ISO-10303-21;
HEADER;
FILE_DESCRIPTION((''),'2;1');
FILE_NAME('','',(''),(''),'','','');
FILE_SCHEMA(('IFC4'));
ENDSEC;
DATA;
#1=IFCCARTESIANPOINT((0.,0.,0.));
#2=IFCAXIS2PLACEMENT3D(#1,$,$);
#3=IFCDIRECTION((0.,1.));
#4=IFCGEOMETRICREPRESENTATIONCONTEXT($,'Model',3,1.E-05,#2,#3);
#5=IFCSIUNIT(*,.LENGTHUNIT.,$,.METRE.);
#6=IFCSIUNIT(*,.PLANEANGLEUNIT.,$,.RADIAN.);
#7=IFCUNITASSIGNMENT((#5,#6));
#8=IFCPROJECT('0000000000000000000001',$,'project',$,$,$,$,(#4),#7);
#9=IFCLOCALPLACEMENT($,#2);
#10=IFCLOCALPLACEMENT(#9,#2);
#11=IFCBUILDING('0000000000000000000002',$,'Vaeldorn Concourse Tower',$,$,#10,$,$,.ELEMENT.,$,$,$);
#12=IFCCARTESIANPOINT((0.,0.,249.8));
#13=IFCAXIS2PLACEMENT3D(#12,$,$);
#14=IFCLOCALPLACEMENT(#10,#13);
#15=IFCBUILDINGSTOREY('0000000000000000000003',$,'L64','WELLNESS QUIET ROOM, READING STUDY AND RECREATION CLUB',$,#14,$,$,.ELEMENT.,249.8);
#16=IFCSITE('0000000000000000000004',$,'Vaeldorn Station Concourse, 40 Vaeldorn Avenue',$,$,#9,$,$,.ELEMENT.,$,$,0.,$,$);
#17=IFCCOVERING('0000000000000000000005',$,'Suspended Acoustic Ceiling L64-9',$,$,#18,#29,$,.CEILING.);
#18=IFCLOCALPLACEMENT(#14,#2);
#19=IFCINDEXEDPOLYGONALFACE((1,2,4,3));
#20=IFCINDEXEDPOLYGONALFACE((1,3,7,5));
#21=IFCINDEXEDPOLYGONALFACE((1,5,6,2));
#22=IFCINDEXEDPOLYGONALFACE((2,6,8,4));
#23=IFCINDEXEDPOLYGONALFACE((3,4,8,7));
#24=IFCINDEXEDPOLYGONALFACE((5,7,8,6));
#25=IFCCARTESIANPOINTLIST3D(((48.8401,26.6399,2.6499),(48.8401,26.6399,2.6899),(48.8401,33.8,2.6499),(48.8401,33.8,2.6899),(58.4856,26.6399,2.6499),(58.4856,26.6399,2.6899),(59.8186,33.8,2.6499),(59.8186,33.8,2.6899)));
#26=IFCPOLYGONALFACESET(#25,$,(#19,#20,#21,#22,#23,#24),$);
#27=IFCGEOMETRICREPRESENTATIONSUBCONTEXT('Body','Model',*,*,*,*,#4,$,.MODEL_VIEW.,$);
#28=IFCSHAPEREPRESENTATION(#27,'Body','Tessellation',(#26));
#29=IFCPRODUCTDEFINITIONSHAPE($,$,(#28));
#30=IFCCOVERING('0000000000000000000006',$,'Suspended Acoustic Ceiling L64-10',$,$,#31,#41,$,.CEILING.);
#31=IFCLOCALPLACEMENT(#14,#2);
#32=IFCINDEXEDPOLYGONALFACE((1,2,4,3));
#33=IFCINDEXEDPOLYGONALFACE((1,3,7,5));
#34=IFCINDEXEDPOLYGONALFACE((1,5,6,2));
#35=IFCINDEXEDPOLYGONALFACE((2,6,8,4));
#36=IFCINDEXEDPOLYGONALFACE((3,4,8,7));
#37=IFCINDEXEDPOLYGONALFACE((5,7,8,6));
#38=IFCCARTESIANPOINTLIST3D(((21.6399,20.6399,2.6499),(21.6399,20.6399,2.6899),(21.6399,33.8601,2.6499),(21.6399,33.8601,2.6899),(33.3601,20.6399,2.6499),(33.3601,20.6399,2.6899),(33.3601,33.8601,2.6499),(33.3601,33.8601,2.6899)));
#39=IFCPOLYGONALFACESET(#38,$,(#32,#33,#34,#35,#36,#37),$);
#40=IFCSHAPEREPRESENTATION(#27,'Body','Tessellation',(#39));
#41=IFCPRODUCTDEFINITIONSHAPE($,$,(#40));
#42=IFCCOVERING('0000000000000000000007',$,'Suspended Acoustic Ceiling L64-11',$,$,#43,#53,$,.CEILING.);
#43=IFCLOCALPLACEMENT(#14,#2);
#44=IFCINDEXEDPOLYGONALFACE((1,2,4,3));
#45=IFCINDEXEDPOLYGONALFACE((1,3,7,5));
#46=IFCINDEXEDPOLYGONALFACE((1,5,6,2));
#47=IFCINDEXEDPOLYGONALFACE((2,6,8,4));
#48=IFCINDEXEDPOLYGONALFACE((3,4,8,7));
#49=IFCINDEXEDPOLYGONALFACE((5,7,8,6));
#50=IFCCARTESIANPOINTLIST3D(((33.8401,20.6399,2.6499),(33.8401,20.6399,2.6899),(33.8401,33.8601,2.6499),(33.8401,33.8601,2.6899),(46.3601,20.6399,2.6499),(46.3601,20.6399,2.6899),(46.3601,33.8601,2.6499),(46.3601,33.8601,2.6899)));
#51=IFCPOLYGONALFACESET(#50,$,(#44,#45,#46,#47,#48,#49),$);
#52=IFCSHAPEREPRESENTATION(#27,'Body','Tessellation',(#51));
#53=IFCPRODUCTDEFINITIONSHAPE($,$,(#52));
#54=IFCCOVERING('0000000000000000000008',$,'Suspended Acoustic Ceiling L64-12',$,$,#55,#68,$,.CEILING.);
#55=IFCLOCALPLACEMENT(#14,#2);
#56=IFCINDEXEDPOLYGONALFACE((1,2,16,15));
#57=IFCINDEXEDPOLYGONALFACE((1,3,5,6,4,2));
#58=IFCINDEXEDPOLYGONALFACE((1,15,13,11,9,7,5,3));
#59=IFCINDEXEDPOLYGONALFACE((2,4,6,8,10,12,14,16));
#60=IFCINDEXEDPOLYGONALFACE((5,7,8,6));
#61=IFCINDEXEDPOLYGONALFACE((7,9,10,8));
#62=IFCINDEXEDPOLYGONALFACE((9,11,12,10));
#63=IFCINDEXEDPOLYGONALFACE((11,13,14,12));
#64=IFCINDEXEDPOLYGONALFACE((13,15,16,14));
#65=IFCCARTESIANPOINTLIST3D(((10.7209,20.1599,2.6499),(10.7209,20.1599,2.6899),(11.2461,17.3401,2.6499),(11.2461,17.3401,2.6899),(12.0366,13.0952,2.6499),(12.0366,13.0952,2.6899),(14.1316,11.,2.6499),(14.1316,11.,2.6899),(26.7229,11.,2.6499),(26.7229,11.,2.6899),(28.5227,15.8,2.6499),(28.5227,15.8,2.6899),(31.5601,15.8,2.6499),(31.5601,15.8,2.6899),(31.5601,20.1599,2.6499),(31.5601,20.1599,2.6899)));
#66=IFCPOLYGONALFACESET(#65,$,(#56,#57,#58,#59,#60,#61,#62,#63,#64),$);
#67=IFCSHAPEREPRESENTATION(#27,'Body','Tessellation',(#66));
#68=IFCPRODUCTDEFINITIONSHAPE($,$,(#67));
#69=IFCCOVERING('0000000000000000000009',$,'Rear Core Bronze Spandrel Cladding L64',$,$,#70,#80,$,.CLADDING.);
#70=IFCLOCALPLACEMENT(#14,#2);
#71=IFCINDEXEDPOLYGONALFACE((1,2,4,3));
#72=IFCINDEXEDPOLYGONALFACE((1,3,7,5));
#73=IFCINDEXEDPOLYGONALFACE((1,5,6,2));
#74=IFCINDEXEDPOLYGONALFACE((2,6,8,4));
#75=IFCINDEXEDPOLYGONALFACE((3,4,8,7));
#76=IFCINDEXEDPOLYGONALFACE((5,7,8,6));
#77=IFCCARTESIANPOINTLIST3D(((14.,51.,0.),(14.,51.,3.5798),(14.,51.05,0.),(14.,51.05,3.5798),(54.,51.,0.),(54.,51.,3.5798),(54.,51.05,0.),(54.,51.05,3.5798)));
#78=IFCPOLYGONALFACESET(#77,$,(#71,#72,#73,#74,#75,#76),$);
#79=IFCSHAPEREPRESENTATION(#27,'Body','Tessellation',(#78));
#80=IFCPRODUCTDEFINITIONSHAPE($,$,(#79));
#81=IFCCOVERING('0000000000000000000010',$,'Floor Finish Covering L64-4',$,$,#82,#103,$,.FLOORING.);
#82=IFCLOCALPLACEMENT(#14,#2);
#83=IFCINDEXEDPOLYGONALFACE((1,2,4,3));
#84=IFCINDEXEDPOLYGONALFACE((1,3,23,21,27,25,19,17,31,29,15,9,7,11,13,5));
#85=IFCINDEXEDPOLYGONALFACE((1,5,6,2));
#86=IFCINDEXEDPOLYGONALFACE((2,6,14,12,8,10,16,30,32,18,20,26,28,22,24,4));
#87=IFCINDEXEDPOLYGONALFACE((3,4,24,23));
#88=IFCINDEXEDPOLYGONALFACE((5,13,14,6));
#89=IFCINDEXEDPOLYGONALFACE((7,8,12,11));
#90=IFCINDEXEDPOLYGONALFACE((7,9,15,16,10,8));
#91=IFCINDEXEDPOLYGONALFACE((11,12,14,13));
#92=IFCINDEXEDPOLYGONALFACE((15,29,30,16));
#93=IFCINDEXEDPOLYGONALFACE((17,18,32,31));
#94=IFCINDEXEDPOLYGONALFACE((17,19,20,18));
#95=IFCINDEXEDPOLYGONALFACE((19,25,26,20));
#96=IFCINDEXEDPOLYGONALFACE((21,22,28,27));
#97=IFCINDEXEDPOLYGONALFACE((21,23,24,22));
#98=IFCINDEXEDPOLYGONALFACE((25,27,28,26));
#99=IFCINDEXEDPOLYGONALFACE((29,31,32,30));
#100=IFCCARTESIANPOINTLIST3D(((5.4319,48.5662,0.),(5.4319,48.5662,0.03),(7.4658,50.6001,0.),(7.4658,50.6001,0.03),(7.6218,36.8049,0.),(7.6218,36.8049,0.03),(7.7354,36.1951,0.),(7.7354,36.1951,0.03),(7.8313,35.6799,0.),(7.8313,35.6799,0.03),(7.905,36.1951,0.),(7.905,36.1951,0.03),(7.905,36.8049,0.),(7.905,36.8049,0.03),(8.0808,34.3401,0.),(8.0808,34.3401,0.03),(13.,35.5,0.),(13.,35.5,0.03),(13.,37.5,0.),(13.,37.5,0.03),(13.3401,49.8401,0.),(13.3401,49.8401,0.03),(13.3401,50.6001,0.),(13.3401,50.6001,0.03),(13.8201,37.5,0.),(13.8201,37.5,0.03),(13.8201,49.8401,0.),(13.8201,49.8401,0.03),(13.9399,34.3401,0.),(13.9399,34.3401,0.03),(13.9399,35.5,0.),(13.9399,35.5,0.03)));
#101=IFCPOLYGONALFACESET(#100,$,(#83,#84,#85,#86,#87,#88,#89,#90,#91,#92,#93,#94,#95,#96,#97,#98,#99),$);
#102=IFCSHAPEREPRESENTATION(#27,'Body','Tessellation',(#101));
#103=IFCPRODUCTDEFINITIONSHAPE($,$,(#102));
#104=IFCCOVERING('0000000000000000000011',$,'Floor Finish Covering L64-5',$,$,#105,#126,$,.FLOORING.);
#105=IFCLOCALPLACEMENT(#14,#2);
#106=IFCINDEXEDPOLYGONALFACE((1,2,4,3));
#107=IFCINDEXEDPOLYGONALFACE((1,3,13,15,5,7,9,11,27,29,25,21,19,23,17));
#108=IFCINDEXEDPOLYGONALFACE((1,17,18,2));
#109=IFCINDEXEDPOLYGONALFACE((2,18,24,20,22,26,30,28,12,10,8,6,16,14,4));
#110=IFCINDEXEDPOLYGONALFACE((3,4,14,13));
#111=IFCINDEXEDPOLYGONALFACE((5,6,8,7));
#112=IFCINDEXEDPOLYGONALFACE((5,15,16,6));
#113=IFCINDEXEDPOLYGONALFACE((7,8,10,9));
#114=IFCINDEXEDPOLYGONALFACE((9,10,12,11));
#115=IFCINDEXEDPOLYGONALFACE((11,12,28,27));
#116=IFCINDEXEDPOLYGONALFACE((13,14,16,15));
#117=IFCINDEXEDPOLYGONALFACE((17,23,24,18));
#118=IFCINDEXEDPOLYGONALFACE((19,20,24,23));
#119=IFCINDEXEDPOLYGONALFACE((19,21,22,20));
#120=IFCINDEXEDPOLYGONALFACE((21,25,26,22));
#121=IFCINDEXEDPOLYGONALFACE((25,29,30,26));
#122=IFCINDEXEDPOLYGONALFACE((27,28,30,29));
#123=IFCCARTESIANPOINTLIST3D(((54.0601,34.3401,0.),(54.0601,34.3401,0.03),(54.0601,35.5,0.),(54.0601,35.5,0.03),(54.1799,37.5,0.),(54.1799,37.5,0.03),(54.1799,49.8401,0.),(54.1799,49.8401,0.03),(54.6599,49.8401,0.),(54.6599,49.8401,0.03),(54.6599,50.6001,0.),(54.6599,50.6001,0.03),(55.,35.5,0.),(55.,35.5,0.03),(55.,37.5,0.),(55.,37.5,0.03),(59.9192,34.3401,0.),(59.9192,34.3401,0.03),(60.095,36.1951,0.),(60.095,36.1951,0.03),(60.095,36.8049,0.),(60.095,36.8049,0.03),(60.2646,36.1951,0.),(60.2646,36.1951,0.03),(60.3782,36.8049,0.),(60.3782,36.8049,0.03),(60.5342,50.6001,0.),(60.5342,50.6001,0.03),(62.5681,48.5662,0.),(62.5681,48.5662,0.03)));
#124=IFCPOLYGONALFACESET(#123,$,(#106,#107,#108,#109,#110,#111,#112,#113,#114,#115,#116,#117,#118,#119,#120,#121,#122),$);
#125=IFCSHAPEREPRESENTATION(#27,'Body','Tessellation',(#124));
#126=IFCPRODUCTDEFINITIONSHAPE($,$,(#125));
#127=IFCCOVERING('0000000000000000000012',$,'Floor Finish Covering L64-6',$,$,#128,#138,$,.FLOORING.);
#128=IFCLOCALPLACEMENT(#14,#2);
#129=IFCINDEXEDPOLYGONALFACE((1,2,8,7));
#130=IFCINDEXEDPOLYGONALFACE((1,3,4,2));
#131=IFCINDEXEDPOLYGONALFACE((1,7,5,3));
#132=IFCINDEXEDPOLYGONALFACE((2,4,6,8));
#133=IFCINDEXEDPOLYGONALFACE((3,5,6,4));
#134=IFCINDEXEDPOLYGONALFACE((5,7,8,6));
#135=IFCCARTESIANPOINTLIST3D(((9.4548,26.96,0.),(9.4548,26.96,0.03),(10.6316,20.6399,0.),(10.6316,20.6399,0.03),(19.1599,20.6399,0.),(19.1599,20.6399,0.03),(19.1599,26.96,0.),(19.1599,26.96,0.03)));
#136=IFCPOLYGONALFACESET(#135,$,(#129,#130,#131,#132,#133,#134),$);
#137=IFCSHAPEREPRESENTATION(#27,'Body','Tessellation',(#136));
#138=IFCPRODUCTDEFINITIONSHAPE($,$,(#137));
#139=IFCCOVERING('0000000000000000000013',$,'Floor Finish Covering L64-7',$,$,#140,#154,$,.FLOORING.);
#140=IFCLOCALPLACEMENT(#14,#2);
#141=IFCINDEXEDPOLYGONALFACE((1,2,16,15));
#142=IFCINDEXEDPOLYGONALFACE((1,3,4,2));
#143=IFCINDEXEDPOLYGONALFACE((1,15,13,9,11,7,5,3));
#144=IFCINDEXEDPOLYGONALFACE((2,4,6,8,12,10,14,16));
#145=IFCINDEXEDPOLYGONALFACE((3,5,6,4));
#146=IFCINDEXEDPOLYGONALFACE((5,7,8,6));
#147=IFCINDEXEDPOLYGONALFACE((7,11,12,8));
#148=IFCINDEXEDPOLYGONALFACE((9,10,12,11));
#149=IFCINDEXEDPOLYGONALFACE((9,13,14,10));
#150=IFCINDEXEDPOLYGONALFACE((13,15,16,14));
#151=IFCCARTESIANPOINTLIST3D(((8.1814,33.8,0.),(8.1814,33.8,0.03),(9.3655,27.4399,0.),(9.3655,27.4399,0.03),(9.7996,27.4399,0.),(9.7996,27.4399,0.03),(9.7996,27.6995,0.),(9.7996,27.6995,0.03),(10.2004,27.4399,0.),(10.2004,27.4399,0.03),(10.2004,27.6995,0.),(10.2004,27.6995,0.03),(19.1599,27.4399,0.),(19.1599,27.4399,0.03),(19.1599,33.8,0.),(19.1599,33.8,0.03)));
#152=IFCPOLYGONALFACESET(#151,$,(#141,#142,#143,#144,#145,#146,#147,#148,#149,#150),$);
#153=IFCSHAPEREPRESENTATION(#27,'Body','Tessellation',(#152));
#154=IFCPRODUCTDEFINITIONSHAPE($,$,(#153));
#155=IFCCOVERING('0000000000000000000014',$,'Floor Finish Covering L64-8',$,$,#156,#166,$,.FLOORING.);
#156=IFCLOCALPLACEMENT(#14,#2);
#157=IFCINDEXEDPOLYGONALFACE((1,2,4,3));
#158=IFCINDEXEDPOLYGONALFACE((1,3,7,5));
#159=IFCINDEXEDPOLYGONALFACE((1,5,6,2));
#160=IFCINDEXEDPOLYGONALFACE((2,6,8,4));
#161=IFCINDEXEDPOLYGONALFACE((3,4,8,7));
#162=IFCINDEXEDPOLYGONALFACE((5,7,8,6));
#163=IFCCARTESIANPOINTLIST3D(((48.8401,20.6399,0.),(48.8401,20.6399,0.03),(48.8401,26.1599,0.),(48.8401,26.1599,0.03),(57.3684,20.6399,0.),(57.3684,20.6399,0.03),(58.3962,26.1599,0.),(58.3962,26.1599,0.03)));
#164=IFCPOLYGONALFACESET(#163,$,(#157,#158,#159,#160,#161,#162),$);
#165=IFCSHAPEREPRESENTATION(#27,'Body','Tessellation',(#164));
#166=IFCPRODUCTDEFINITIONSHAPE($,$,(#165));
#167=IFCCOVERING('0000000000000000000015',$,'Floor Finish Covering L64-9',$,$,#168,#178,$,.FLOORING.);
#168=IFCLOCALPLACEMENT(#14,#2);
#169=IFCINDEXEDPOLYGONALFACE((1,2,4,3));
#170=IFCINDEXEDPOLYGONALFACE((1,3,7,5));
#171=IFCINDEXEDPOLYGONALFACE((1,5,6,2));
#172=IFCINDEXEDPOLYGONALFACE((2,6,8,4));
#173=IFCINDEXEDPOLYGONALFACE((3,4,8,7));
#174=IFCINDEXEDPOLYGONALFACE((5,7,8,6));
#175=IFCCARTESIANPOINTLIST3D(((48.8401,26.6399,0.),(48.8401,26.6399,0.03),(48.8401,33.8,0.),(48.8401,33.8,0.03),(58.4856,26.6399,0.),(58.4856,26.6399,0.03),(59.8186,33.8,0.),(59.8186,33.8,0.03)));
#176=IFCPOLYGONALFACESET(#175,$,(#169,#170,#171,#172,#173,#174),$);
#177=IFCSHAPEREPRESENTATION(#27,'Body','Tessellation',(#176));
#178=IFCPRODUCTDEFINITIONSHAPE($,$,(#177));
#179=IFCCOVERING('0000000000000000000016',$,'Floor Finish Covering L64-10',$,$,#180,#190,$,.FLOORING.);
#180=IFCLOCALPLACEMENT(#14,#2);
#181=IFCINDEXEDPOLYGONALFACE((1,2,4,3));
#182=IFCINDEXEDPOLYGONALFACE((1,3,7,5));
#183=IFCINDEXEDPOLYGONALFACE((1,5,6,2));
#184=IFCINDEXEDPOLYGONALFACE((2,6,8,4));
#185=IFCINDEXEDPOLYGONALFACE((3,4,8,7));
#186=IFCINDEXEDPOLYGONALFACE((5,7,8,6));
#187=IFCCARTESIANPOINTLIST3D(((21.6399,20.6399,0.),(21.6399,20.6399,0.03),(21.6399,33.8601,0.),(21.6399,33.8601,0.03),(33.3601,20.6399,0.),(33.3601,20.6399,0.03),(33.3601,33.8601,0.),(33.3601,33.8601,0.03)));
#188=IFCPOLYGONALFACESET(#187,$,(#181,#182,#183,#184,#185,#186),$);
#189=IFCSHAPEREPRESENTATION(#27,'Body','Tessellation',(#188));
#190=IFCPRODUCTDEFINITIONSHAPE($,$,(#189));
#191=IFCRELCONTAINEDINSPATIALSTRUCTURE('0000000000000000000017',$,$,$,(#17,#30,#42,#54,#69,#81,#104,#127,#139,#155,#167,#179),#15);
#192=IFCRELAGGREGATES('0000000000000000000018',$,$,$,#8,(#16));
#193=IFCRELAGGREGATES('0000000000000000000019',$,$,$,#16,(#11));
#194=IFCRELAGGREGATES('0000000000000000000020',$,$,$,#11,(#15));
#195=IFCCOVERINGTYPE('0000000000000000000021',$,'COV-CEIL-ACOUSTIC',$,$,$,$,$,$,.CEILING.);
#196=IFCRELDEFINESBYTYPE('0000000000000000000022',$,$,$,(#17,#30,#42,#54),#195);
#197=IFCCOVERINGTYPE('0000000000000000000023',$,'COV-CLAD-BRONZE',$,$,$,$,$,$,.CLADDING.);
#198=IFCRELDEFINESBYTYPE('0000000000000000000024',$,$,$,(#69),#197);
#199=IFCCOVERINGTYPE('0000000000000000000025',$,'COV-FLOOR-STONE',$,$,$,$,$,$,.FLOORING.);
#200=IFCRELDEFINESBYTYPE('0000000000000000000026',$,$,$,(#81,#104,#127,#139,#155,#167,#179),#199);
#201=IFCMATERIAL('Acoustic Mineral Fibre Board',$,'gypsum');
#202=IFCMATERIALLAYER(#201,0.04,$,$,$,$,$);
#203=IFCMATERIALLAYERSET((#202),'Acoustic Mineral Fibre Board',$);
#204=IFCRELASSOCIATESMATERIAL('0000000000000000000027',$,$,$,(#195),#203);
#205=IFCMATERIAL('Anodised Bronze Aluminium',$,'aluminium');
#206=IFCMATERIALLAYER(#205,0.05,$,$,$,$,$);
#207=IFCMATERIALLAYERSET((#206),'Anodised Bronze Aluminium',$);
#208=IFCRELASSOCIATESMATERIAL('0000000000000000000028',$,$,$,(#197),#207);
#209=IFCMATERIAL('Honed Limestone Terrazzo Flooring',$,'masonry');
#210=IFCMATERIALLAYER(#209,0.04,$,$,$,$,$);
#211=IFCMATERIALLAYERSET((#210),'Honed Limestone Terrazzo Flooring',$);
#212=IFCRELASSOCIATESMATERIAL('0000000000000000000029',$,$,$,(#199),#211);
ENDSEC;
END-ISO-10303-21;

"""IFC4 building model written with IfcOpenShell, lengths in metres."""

from ifc_helpers import new_model, si_unit, direction, frame, origin, place, context, subcontext, project, spatial, polyline, outline, extrude, material, layer, layer_set, type_object, element, save


model = new_model("IFC4")

# Units and contexts
model_context = context("Model", 3, precision=1e-05, world=origin(), true_north=direction((0.0, 1.0)))
body_context = subcontext(model_context, "Body", "Model", "MODEL_VIEW")
ifc_project = project(units=[si_unit("LENGTHUNIT", "METRE"), si_unit("PLANEANGLEUNIT", "RADIAN")], contexts=[model_context])

# Site, building, storey
site_placement = place(None, origin())
site = spatial("IfcSite", under=ifc_project, at=site_placement, Name="Vaeldorn Station Concourse, 40 Vaeldorn Avenue", CompositionType="ELEMENT", RefElevation=0.0)
building_placement = place(site_placement, origin())
building = spatial("IfcBuilding", under=site, at=building_placement, Name="Vaeldorn Concourse Tower", CompositionType="ELEMENT")
storey_placement = place(building_placement, frame((0.0, 0.0, 249.8)))
storey = spatial("IfcBuildingStorey", under=building, at=storey_placement, Name="L64", Description="WELLNESS QUIET ROOM, READING STUDY AND RECREATION CLUB", CompositionType="ELEMENT", Elevation=249.8)

# Coverings
ifc_material_1 = material(Name="Acoustic Mineral Fibre Board", Category="gypsum")
ifc_layer_1 = layer(ifc_material_1, 0.04)
ifc_layer_set_1 = layer_set([ifc_layer_1], Name="Acoustic Mineral Fibre Board")
covering_type_1 = type_object("IfcCoveringType", Name="COV-CEIL-ACOUSTIC", PredefinedType="CEILING", material=ifc_layer_set_1)
covering_1_placement = place(storey_placement, frame((0.0, 0.0, 2.6499)))
element("IfcCovering", 1, at=covering_1_placement, inside=storey, type_object=covering_type_1, Name="Suspended Acoustic Ceiling L64-9", PredefinedType="CEILING", context=body_context, shape_type="SweptSolid", body=[
    extrude(outline(polyline([(48.8401, 26.6399), (48.8401, 33.8), (59.8186, 33.8), (58.4856, 26.6399), (48.8401, 26.6399)])), origin(), (0.0, 0.0, 1.0), 0.04),
])
covering_2_placement = place(storey_placement, frame((0.0, 0.0, 2.6499)))
element("IfcCovering", 2, at=covering_2_placement, inside=storey, type_object=covering_type_1, Name="Suspended Acoustic Ceiling L64-10", PredefinedType="CEILING", context=body_context, shape_type="SweptSolid", body=[
    extrude(outline(polyline([(21.6399, 33.8601), (33.3601, 33.8601), (33.3601, 20.6399), (21.6399, 20.6399), (21.6399, 33.8601)])), origin(), (0.0, 0.0, 1.0), 0.04),
])
covering_3_placement = place(storey_placement, frame((0.0, 0.0, 2.6499)))
element("IfcCovering", 3, at=covering_3_placement, inside=storey, type_object=covering_type_1, Name="Suspended Acoustic Ceiling L64-11", PredefinedType="CEILING", context=body_context, shape_type="SweptSolid", body=[
    extrude(outline(polyline([(33.8401, 33.8601), (46.3601, 33.8601), (46.3601, 20.6399), (33.8401, 20.6399), (33.8401, 33.8601)])), origin(), (0.0, 0.0, 1.0), 0.04),
])
covering_4_placement = place(storey_placement, frame((0.0, 0.0, 2.6499)))
element("IfcCovering", 4, at=covering_4_placement, inside=storey, type_object=covering_type_1, Name="Suspended Acoustic Ceiling L64-12", PredefinedType="CEILING", context=body_context, shape_type="SweptSolid", body=[
    extrude(outline(polyline([(31.5601, 20.1599), (31.5601, 15.8), (28.5227, 15.8), (26.7229, 11.0), (14.1316, 11.0), (12.0366, 13.0952), (11.2461, 17.3401), (11.2461, 17.3401), (10.7209, 20.1599), (31.5601, 20.1599)])), origin(), (0.0, 0.0, 1.0), 0.04),
])
ifc_material_2 = material(Name="Anodised Bronze Aluminium", Category="aluminium")
ifc_layer_2 = layer(ifc_material_2, 0.05)
ifc_layer_set_2 = layer_set([ifc_layer_2], Name="Anodised Bronze Aluminium")
covering_type_2 = type_object("IfcCoveringType", Name="COV-CLAD-BRONZE", PredefinedType="CLADDING", material=ifc_layer_set_2)
covering_5_placement = place(storey_placement, origin())
element("IfcCovering", 5, at=covering_5_placement, inside=storey, type_object=covering_type_2, Name="Rear Core Bronze Spandrel Cladding L64", PredefinedType="CLADDING", context=body_context, shape_type="SweptSolid", body=[
    extrude(outline(polyline([(14.0, 51.0), (54.0, 51.0), (54.0, 51.05), (14.0, 51.05), (14.0, 51.0)])), origin(), (0.0, 0.0, 1.0), 3.5798),
])
ifc_material_3 = material(Name="Honed Limestone Terrazzo Flooring", Category="masonry")
ifc_layer_3 = layer(ifc_material_3, 0.04)
ifc_layer_set_3 = layer_set([ifc_layer_3], Name="Honed Limestone Terrazzo Flooring")
covering_type_3 = type_object("IfcCoveringType", Name="COV-FLOOR-STONE", PredefinedType="FLOORING", material=ifc_layer_set_3)
covering_6_placement = place(storey_placement, origin())
element("IfcCovering", 6, at=covering_6_placement, inside=storey, type_object=covering_type_3, Name="Floor Finish Covering L64-4", PredefinedType="FLOORING", context=body_context, shape_type="SweptSolid", body=[
    extrude(outline(polyline([(7.4658, 50.6001), (13.3401, 50.6001), (13.3401, 49.8401), (13.8201, 49.8401), (13.8201, 37.5), (13.0, 37.5), (13.0, 35.5), (13.9399, 35.5), (13.9399, 34.3401), (8.0808, 34.3401), (7.8313, 35.6799), (7.8313, 35.6799), (7.7354, 36.1951), (7.905, 36.1951), (7.905, 36.8049), (7.6218, 36.8049), (5.4319, 48.5662), (7.4658, 50.6001)])), origin(), (0.0, 0.0, 1.0), 0.03),
])
covering_7_placement = place(storey_placement, origin())
element("IfcCovering", 7, at=covering_7_placement, inside=storey, type_object=covering_type_3, Name="Floor Finish Covering L64-5", PredefinedType="FLOORING", context=body_context, shape_type="SweptSolid", body=[
    extrude(outline(polyline([(54.1799, 49.8401), (54.6599, 49.8401), (54.6599, 50.6001), (60.5342, 50.6001), (62.5681, 48.5662), (60.3782, 36.8049), (60.095, 36.8049), (60.095, 36.1951), (60.2646, 36.1951), (59.9192, 34.3401), (54.0601, 34.3401), (54.0601, 35.5), (55.0, 35.5), (55.0, 37.5), (54.1799, 37.5), (54.1799, 49.8401)])), origin(), (0.0, 0.0, 1.0), 0.03),
])
covering_8_placement = place(storey_placement, origin())
element("IfcCovering", 8, at=covering_8_placement, inside=storey, type_object=covering_type_3, Name="Floor Finish Covering L64-6", PredefinedType="FLOORING", context=body_context, shape_type="SweptSolid", body=[
    extrude(outline(polyline([(19.1599, 26.96), (19.1599, 20.6399), (10.6316, 20.6399), (9.4548, 26.96), (19.1599, 26.96)])), origin(), (0.0, 0.0, 1.0), 0.03),
])
covering_9_placement = place(storey_placement, origin())
element("IfcCovering", 9, at=covering_9_placement, inside=storey, type_object=covering_type_3, Name="Floor Finish Covering L64-7", PredefinedType="FLOORING", context=body_context, shape_type="SweptSolid", body=[
    extrude(outline(polyline([(19.1599, 33.8), (19.1599, 27.4399), (10.2004, 27.4399), (10.2004, 27.6995), (9.7996, 27.6995), (9.7996, 27.4399), (9.3655, 27.4399), (8.1814, 33.8), (19.1599, 33.8)])), origin(), (0.0, 0.0, 1.0), 0.03),
])
covering_10_placement = place(storey_placement, origin())
element("IfcCovering", 10, at=covering_10_placement, inside=storey, type_object=covering_type_3, Name="Floor Finish Covering L64-8", PredefinedType="FLOORING", context=body_context, shape_type="SweptSolid", body=[
    extrude(outline(polyline([(48.8401, 20.6399), (48.8401, 26.1599), (58.3962, 26.1599), (57.3684, 20.6399), (48.8401, 20.6399)])), origin(), (0.0, 0.0, 1.0), 0.03),
])
covering_11_placement = place(storey_placement, origin())
element("IfcCovering", 11, at=covering_11_placement, inside=storey, type_object=covering_type_3, Name="Floor Finish Covering L64-9", PredefinedType="FLOORING", context=body_context, shape_type="SweptSolid", body=[
    extrude(outline(polyline([(48.8401, 26.6399), (48.8401, 33.8), (59.8186, 33.8), (58.4856, 26.6399), (48.8401, 26.6399)])), origin(), (0.0, 0.0, 1.0), 0.03),
])
covering_12_placement = place(storey_placement, origin())
element("IfcCovering", 12, at=covering_12_placement, inside=storey, type_object=covering_type_3, Name="Floor Finish Covering L64-10", PredefinedType="FLOORING", context=body_context, shape_type="SweptSolid", body=[
    extrude(outline(polyline([(21.6399, 33.8601), (33.3601, 33.8601), (33.3601, 20.6399), (21.6399, 20.6399), (21.6399, 33.8601)])), origin(), (0.0, 0.0, 1.0), 0.03),
])

save(model, "model.ifc")
